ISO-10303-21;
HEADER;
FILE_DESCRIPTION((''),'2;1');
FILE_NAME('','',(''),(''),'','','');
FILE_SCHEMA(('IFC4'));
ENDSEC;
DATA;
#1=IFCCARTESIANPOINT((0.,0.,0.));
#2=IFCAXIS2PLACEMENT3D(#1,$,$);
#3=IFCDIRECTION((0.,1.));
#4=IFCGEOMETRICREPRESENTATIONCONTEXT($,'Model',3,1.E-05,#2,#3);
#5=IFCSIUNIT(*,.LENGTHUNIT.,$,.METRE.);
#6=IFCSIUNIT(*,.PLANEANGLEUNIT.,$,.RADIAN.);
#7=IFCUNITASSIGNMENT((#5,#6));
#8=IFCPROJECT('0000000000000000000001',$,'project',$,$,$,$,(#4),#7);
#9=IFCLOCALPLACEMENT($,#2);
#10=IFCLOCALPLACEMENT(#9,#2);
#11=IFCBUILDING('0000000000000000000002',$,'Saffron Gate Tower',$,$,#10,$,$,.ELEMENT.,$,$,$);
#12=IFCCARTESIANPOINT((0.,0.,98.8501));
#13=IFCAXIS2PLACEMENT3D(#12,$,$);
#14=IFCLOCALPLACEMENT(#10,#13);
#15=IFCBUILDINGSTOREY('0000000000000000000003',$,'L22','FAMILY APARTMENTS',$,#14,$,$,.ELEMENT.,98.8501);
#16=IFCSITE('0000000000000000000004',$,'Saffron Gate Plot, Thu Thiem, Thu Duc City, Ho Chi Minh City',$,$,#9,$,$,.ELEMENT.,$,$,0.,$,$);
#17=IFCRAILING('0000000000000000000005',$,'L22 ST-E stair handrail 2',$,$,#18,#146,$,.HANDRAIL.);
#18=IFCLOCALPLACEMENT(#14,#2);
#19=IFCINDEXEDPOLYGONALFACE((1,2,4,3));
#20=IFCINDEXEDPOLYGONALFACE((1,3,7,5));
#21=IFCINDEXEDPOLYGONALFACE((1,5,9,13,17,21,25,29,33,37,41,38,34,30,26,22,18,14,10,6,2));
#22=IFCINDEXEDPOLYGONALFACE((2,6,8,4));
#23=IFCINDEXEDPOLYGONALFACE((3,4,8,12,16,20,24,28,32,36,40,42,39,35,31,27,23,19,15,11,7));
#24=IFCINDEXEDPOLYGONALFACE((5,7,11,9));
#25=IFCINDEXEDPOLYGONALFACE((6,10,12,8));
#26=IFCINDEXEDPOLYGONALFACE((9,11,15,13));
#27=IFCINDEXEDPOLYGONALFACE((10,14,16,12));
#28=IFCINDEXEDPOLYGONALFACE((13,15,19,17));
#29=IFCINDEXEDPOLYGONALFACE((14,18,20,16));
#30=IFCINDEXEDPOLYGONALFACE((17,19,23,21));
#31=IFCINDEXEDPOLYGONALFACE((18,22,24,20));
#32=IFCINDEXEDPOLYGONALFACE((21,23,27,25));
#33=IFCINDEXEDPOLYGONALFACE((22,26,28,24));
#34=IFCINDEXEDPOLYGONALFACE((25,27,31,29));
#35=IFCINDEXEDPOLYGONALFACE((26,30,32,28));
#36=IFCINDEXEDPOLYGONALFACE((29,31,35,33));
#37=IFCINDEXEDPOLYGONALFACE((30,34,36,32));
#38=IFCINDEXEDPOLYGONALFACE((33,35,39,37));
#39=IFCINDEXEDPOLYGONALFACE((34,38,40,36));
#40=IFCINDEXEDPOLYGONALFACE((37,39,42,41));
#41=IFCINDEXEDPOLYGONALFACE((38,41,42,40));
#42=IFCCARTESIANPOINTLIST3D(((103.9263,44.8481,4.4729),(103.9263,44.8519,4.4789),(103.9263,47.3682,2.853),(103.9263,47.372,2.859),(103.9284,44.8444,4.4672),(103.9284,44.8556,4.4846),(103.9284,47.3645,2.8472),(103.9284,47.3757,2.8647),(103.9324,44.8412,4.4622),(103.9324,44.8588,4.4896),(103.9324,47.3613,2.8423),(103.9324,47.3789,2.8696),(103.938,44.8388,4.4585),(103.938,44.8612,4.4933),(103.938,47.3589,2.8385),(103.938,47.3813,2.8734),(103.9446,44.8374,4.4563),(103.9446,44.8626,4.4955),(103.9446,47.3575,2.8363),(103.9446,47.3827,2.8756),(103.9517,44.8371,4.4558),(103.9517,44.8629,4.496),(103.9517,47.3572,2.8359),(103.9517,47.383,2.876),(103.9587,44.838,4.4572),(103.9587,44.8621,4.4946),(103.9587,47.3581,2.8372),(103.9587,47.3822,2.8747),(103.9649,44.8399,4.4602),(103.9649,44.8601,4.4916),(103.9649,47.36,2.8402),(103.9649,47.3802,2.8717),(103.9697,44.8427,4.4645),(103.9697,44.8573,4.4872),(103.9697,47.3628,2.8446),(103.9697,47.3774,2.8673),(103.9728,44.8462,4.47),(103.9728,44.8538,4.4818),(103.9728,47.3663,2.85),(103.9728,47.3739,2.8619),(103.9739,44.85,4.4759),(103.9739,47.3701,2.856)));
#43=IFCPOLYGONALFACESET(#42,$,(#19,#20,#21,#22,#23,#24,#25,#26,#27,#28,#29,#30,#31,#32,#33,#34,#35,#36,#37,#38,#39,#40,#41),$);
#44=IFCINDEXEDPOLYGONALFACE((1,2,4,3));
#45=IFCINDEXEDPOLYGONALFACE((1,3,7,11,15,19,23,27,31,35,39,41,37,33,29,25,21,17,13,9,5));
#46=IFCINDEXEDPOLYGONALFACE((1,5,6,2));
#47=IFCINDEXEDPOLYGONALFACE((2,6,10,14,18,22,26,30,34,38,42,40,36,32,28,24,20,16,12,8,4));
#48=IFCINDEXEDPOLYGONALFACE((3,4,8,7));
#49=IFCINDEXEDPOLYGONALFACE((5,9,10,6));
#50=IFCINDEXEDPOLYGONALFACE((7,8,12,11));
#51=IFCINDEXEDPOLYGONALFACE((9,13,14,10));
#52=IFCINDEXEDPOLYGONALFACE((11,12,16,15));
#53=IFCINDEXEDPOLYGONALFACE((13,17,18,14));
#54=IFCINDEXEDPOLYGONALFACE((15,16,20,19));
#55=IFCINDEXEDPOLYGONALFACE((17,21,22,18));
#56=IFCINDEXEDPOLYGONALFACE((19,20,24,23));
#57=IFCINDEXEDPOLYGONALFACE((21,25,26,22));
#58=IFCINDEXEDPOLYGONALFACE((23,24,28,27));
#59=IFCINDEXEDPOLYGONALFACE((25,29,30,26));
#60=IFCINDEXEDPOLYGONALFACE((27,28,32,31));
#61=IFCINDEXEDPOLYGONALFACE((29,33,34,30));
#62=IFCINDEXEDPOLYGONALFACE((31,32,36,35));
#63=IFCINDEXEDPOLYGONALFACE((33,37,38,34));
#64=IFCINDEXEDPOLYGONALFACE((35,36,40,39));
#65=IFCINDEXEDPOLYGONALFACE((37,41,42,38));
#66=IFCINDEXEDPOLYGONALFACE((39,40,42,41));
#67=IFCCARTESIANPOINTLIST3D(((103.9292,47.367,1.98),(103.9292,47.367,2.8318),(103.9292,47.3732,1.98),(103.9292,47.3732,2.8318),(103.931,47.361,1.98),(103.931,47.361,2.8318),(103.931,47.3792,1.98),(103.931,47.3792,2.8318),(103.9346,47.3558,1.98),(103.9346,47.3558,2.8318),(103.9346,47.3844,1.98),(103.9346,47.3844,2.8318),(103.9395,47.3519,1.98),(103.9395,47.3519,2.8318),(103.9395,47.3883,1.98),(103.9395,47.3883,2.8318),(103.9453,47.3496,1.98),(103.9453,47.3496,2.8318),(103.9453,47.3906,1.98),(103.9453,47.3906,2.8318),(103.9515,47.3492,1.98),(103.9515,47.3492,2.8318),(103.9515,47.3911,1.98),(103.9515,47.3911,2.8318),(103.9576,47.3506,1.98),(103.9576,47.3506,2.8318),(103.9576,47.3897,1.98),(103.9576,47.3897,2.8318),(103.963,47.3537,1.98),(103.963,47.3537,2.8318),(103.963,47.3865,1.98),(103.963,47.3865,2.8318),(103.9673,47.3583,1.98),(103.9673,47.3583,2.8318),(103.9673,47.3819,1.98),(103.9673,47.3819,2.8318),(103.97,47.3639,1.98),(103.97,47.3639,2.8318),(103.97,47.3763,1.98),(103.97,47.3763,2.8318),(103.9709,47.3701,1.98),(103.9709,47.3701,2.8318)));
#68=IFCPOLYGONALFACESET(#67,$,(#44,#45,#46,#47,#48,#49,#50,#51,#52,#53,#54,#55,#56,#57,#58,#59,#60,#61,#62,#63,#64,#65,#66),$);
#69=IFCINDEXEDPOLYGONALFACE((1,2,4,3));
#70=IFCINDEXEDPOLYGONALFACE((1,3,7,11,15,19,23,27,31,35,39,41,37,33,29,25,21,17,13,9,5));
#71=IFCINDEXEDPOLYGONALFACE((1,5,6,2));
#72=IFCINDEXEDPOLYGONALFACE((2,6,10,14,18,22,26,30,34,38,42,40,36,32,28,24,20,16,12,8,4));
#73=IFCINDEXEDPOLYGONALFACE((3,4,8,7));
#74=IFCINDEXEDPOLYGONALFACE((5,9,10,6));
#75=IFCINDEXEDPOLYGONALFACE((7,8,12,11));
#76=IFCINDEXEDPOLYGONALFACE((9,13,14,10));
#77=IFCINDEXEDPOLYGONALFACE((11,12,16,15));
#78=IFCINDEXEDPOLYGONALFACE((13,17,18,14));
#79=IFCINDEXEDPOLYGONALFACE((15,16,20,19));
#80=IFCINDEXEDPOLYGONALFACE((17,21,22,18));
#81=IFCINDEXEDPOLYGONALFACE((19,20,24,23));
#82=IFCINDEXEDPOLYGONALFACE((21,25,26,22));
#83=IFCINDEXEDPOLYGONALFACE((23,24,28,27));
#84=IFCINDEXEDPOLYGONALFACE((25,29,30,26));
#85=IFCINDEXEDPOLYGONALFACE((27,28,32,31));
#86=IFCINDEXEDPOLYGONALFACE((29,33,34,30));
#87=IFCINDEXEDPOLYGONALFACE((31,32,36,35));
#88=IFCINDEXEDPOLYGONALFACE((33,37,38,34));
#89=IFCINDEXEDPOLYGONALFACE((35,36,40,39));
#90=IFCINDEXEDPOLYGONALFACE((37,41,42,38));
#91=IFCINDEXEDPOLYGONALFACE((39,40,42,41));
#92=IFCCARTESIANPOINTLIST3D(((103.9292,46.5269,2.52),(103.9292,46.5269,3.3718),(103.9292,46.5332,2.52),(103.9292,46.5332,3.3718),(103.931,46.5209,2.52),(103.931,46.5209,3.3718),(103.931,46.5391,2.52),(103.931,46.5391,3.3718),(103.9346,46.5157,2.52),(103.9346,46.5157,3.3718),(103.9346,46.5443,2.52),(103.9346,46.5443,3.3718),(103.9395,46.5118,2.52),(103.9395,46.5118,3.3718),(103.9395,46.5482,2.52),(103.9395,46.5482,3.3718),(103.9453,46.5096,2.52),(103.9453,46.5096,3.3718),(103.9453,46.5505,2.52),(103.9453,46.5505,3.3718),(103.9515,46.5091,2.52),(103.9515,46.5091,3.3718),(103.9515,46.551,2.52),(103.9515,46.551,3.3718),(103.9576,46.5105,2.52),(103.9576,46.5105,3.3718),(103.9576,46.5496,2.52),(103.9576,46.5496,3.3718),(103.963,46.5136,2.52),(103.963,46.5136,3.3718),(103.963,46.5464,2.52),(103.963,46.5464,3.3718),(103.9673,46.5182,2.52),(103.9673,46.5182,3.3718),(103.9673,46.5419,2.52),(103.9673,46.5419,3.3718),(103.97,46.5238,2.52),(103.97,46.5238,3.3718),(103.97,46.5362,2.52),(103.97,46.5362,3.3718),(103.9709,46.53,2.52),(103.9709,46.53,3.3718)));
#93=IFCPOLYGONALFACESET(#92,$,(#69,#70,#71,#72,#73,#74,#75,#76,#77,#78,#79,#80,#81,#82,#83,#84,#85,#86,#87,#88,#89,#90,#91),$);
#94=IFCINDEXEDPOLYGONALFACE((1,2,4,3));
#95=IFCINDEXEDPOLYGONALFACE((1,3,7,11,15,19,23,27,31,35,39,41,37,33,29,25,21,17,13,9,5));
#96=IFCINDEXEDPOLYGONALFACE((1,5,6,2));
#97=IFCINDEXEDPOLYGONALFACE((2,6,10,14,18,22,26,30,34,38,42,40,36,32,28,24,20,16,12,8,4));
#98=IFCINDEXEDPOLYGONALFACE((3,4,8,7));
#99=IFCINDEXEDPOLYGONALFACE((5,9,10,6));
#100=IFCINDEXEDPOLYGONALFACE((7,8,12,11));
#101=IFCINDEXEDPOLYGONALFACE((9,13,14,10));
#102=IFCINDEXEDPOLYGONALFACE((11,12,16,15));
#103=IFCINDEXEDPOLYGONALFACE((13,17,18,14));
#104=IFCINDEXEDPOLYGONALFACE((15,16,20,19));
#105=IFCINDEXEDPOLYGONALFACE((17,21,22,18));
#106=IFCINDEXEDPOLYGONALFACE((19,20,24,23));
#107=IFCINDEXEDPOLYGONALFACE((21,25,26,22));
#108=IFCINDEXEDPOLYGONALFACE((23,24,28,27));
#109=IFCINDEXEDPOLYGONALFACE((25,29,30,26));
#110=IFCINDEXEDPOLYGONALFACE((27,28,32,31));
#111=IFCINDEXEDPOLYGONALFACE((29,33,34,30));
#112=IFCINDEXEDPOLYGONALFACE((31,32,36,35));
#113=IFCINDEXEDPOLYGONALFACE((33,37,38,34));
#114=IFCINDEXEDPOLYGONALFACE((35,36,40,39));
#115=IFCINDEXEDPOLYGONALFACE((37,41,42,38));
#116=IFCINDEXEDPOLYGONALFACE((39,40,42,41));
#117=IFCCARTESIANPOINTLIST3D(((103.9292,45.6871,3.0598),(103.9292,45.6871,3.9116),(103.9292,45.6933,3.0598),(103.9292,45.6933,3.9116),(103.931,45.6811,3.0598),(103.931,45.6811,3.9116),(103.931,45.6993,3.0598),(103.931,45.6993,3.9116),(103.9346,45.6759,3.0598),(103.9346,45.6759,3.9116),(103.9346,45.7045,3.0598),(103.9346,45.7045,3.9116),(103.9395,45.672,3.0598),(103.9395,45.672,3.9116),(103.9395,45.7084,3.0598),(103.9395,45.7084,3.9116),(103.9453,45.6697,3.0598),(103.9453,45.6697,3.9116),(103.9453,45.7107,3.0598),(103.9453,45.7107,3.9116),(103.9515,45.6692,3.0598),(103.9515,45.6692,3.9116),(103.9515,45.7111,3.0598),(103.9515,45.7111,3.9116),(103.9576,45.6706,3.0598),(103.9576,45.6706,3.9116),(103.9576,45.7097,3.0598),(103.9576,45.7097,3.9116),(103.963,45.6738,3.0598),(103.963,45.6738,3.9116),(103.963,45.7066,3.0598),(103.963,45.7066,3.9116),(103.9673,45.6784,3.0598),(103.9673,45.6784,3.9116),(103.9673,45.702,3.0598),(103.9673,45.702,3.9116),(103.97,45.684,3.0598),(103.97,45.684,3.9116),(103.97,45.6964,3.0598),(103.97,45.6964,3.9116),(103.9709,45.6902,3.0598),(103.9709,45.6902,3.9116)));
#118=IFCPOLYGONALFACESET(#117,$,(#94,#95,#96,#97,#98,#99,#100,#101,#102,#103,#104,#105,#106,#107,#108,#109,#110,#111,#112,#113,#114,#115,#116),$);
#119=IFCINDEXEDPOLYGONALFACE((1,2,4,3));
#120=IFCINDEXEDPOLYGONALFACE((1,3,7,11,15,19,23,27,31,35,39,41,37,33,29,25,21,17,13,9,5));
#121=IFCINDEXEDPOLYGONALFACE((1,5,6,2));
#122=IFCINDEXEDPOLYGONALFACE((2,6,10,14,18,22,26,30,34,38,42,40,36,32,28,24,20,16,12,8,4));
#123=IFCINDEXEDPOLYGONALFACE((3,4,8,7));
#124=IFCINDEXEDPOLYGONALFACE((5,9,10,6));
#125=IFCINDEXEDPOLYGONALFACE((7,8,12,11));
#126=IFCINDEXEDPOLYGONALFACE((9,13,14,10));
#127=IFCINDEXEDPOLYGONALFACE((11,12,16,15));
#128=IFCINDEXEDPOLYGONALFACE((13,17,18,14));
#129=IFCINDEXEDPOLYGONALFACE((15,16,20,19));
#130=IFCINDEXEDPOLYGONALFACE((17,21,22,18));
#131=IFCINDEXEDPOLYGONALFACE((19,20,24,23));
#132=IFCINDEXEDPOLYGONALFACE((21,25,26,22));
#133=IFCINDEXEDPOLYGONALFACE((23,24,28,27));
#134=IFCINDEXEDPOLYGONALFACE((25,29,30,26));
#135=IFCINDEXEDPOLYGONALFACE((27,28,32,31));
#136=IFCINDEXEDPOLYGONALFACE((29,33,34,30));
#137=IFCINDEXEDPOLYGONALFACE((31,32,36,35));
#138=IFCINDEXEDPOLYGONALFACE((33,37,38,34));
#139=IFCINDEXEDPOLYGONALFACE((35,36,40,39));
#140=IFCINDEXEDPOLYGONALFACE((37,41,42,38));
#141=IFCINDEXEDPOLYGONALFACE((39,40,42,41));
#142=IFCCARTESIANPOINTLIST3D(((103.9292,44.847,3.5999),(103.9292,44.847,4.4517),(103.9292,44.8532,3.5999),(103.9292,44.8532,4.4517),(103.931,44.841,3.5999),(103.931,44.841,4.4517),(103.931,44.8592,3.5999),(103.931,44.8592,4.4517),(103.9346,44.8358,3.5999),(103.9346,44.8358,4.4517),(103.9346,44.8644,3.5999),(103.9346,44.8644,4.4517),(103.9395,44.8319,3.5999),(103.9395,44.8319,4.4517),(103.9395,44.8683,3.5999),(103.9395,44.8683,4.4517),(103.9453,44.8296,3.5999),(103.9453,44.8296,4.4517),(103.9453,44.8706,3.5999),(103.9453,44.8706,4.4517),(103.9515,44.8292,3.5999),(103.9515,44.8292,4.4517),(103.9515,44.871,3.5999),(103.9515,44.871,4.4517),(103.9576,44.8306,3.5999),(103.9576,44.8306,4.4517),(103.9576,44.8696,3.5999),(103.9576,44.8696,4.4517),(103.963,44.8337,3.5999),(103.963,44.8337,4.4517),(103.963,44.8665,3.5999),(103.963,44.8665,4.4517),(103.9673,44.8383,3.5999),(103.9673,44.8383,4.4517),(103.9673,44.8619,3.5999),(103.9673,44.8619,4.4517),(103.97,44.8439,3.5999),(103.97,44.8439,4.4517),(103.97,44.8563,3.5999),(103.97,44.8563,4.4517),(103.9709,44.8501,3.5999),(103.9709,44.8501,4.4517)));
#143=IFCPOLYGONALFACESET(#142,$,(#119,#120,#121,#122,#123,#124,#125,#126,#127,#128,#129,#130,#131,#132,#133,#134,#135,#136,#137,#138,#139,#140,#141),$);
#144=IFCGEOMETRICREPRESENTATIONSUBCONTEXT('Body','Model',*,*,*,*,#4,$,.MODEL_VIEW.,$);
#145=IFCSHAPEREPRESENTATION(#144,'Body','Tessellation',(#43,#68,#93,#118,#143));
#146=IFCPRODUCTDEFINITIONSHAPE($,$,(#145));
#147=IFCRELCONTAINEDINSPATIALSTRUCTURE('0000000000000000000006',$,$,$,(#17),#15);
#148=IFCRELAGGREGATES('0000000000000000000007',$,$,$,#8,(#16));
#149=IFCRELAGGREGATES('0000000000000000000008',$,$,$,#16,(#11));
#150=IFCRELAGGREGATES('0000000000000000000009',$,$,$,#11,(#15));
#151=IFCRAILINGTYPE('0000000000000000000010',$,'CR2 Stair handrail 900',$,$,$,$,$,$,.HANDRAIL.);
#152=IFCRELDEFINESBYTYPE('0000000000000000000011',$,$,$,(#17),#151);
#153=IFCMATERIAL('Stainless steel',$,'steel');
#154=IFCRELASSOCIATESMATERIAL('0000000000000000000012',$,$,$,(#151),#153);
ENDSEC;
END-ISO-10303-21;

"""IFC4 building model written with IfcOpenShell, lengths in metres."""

from ifc_helpers import new_model, si_unit, direction, frame, origin, origin_2d, place, context, subcontext, project, spatial, circle, extrude, material, type_object, element, save


model = new_model("IFC4")

# Units and contexts
model_context = context("Model", 3, precision=1e-05, world=origin(), true_north=direction((0.0, 1.0)))
body_context = subcontext(model_context, "Body", "Model", "MODEL_VIEW")
ifc_project = project(units=[si_unit("LENGTHUNIT", "METRE"), si_unit("PLANEANGLEUNIT", "RADIAN")], contexts=[model_context])

# Site, building, storey
site_placement = place(None, origin())
site = spatial("IfcSite", under=ifc_project, at=site_placement, Name="Saffron Gate Plot, Thu Thiem, Thu Duc City, Ho Chi Minh City", CompositionType="ELEMENT", RefElevation=0.0)
building_placement = place(site_placement, origin())
building = spatial("IfcBuilding", under=site, at=building_placement, Name="Saffron Gate Tower", CompositionType="ELEMENT")
storey_placement = place(building_placement, frame((0.0, 0.0, 98.8501)))
storey = spatial("IfcBuildingStorey", under=building, at=storey_placement, Name="L22", Description="FAMILY APARTMENTS", CompositionType="ELEMENT", Elevation=98.8501)

# Railing
ifc_material_1 = material(Name="Stainless steel", Category="steel")
railing_type_1 = type_object("IfcRailingType", Name="CR2 Stair handrail 900", PredefinedType="HANDRAIL", material=ifc_material_1)
railing_1_placement = place(storey_placement, frame((103.95, 47.3701, 1.98)))
element("IfcRailing", 1, at=railing_1_placement, inside=storey, type_object=railing_type_1, Name="L22 ST-E stair handrail 2", PredefinedType="HANDRAIL", context=body_context, shape_type="SweptSolid", body=[
    extrude(circle(Radius=0.0239, at=origin_2d()), frame((0.0, 0.0, 0.876), z_axis=(0.0, -0.8412, 0.540725), x_axis=(1.0, 0.0, 0.0)), (0.0, 0.0, 1.0), 2.9958),
    extrude(circle(Radius=0.021, at=origin_2d()), origin(), (0.0, 0.0, 1.0), 0.8518),
    extrude(circle(Radius=0.021, at=origin_2d()), frame((0.0, -0.8401, 0.54)), (0.0, 0.0, 1.0), 0.8518),
    extrude(circle(Radius=0.021, at=origin_2d()), frame((0.0, -1.6799, 1.0798)), (0.0, 0.0, 1.0), 0.8518),
    extrude(circle(Radius=0.021, at=origin_2d()), frame((0.0, -2.52, 1.6199)), (0.0, 0.0, 1.0), 0.8518),
])

save(model, "model.ifc")
